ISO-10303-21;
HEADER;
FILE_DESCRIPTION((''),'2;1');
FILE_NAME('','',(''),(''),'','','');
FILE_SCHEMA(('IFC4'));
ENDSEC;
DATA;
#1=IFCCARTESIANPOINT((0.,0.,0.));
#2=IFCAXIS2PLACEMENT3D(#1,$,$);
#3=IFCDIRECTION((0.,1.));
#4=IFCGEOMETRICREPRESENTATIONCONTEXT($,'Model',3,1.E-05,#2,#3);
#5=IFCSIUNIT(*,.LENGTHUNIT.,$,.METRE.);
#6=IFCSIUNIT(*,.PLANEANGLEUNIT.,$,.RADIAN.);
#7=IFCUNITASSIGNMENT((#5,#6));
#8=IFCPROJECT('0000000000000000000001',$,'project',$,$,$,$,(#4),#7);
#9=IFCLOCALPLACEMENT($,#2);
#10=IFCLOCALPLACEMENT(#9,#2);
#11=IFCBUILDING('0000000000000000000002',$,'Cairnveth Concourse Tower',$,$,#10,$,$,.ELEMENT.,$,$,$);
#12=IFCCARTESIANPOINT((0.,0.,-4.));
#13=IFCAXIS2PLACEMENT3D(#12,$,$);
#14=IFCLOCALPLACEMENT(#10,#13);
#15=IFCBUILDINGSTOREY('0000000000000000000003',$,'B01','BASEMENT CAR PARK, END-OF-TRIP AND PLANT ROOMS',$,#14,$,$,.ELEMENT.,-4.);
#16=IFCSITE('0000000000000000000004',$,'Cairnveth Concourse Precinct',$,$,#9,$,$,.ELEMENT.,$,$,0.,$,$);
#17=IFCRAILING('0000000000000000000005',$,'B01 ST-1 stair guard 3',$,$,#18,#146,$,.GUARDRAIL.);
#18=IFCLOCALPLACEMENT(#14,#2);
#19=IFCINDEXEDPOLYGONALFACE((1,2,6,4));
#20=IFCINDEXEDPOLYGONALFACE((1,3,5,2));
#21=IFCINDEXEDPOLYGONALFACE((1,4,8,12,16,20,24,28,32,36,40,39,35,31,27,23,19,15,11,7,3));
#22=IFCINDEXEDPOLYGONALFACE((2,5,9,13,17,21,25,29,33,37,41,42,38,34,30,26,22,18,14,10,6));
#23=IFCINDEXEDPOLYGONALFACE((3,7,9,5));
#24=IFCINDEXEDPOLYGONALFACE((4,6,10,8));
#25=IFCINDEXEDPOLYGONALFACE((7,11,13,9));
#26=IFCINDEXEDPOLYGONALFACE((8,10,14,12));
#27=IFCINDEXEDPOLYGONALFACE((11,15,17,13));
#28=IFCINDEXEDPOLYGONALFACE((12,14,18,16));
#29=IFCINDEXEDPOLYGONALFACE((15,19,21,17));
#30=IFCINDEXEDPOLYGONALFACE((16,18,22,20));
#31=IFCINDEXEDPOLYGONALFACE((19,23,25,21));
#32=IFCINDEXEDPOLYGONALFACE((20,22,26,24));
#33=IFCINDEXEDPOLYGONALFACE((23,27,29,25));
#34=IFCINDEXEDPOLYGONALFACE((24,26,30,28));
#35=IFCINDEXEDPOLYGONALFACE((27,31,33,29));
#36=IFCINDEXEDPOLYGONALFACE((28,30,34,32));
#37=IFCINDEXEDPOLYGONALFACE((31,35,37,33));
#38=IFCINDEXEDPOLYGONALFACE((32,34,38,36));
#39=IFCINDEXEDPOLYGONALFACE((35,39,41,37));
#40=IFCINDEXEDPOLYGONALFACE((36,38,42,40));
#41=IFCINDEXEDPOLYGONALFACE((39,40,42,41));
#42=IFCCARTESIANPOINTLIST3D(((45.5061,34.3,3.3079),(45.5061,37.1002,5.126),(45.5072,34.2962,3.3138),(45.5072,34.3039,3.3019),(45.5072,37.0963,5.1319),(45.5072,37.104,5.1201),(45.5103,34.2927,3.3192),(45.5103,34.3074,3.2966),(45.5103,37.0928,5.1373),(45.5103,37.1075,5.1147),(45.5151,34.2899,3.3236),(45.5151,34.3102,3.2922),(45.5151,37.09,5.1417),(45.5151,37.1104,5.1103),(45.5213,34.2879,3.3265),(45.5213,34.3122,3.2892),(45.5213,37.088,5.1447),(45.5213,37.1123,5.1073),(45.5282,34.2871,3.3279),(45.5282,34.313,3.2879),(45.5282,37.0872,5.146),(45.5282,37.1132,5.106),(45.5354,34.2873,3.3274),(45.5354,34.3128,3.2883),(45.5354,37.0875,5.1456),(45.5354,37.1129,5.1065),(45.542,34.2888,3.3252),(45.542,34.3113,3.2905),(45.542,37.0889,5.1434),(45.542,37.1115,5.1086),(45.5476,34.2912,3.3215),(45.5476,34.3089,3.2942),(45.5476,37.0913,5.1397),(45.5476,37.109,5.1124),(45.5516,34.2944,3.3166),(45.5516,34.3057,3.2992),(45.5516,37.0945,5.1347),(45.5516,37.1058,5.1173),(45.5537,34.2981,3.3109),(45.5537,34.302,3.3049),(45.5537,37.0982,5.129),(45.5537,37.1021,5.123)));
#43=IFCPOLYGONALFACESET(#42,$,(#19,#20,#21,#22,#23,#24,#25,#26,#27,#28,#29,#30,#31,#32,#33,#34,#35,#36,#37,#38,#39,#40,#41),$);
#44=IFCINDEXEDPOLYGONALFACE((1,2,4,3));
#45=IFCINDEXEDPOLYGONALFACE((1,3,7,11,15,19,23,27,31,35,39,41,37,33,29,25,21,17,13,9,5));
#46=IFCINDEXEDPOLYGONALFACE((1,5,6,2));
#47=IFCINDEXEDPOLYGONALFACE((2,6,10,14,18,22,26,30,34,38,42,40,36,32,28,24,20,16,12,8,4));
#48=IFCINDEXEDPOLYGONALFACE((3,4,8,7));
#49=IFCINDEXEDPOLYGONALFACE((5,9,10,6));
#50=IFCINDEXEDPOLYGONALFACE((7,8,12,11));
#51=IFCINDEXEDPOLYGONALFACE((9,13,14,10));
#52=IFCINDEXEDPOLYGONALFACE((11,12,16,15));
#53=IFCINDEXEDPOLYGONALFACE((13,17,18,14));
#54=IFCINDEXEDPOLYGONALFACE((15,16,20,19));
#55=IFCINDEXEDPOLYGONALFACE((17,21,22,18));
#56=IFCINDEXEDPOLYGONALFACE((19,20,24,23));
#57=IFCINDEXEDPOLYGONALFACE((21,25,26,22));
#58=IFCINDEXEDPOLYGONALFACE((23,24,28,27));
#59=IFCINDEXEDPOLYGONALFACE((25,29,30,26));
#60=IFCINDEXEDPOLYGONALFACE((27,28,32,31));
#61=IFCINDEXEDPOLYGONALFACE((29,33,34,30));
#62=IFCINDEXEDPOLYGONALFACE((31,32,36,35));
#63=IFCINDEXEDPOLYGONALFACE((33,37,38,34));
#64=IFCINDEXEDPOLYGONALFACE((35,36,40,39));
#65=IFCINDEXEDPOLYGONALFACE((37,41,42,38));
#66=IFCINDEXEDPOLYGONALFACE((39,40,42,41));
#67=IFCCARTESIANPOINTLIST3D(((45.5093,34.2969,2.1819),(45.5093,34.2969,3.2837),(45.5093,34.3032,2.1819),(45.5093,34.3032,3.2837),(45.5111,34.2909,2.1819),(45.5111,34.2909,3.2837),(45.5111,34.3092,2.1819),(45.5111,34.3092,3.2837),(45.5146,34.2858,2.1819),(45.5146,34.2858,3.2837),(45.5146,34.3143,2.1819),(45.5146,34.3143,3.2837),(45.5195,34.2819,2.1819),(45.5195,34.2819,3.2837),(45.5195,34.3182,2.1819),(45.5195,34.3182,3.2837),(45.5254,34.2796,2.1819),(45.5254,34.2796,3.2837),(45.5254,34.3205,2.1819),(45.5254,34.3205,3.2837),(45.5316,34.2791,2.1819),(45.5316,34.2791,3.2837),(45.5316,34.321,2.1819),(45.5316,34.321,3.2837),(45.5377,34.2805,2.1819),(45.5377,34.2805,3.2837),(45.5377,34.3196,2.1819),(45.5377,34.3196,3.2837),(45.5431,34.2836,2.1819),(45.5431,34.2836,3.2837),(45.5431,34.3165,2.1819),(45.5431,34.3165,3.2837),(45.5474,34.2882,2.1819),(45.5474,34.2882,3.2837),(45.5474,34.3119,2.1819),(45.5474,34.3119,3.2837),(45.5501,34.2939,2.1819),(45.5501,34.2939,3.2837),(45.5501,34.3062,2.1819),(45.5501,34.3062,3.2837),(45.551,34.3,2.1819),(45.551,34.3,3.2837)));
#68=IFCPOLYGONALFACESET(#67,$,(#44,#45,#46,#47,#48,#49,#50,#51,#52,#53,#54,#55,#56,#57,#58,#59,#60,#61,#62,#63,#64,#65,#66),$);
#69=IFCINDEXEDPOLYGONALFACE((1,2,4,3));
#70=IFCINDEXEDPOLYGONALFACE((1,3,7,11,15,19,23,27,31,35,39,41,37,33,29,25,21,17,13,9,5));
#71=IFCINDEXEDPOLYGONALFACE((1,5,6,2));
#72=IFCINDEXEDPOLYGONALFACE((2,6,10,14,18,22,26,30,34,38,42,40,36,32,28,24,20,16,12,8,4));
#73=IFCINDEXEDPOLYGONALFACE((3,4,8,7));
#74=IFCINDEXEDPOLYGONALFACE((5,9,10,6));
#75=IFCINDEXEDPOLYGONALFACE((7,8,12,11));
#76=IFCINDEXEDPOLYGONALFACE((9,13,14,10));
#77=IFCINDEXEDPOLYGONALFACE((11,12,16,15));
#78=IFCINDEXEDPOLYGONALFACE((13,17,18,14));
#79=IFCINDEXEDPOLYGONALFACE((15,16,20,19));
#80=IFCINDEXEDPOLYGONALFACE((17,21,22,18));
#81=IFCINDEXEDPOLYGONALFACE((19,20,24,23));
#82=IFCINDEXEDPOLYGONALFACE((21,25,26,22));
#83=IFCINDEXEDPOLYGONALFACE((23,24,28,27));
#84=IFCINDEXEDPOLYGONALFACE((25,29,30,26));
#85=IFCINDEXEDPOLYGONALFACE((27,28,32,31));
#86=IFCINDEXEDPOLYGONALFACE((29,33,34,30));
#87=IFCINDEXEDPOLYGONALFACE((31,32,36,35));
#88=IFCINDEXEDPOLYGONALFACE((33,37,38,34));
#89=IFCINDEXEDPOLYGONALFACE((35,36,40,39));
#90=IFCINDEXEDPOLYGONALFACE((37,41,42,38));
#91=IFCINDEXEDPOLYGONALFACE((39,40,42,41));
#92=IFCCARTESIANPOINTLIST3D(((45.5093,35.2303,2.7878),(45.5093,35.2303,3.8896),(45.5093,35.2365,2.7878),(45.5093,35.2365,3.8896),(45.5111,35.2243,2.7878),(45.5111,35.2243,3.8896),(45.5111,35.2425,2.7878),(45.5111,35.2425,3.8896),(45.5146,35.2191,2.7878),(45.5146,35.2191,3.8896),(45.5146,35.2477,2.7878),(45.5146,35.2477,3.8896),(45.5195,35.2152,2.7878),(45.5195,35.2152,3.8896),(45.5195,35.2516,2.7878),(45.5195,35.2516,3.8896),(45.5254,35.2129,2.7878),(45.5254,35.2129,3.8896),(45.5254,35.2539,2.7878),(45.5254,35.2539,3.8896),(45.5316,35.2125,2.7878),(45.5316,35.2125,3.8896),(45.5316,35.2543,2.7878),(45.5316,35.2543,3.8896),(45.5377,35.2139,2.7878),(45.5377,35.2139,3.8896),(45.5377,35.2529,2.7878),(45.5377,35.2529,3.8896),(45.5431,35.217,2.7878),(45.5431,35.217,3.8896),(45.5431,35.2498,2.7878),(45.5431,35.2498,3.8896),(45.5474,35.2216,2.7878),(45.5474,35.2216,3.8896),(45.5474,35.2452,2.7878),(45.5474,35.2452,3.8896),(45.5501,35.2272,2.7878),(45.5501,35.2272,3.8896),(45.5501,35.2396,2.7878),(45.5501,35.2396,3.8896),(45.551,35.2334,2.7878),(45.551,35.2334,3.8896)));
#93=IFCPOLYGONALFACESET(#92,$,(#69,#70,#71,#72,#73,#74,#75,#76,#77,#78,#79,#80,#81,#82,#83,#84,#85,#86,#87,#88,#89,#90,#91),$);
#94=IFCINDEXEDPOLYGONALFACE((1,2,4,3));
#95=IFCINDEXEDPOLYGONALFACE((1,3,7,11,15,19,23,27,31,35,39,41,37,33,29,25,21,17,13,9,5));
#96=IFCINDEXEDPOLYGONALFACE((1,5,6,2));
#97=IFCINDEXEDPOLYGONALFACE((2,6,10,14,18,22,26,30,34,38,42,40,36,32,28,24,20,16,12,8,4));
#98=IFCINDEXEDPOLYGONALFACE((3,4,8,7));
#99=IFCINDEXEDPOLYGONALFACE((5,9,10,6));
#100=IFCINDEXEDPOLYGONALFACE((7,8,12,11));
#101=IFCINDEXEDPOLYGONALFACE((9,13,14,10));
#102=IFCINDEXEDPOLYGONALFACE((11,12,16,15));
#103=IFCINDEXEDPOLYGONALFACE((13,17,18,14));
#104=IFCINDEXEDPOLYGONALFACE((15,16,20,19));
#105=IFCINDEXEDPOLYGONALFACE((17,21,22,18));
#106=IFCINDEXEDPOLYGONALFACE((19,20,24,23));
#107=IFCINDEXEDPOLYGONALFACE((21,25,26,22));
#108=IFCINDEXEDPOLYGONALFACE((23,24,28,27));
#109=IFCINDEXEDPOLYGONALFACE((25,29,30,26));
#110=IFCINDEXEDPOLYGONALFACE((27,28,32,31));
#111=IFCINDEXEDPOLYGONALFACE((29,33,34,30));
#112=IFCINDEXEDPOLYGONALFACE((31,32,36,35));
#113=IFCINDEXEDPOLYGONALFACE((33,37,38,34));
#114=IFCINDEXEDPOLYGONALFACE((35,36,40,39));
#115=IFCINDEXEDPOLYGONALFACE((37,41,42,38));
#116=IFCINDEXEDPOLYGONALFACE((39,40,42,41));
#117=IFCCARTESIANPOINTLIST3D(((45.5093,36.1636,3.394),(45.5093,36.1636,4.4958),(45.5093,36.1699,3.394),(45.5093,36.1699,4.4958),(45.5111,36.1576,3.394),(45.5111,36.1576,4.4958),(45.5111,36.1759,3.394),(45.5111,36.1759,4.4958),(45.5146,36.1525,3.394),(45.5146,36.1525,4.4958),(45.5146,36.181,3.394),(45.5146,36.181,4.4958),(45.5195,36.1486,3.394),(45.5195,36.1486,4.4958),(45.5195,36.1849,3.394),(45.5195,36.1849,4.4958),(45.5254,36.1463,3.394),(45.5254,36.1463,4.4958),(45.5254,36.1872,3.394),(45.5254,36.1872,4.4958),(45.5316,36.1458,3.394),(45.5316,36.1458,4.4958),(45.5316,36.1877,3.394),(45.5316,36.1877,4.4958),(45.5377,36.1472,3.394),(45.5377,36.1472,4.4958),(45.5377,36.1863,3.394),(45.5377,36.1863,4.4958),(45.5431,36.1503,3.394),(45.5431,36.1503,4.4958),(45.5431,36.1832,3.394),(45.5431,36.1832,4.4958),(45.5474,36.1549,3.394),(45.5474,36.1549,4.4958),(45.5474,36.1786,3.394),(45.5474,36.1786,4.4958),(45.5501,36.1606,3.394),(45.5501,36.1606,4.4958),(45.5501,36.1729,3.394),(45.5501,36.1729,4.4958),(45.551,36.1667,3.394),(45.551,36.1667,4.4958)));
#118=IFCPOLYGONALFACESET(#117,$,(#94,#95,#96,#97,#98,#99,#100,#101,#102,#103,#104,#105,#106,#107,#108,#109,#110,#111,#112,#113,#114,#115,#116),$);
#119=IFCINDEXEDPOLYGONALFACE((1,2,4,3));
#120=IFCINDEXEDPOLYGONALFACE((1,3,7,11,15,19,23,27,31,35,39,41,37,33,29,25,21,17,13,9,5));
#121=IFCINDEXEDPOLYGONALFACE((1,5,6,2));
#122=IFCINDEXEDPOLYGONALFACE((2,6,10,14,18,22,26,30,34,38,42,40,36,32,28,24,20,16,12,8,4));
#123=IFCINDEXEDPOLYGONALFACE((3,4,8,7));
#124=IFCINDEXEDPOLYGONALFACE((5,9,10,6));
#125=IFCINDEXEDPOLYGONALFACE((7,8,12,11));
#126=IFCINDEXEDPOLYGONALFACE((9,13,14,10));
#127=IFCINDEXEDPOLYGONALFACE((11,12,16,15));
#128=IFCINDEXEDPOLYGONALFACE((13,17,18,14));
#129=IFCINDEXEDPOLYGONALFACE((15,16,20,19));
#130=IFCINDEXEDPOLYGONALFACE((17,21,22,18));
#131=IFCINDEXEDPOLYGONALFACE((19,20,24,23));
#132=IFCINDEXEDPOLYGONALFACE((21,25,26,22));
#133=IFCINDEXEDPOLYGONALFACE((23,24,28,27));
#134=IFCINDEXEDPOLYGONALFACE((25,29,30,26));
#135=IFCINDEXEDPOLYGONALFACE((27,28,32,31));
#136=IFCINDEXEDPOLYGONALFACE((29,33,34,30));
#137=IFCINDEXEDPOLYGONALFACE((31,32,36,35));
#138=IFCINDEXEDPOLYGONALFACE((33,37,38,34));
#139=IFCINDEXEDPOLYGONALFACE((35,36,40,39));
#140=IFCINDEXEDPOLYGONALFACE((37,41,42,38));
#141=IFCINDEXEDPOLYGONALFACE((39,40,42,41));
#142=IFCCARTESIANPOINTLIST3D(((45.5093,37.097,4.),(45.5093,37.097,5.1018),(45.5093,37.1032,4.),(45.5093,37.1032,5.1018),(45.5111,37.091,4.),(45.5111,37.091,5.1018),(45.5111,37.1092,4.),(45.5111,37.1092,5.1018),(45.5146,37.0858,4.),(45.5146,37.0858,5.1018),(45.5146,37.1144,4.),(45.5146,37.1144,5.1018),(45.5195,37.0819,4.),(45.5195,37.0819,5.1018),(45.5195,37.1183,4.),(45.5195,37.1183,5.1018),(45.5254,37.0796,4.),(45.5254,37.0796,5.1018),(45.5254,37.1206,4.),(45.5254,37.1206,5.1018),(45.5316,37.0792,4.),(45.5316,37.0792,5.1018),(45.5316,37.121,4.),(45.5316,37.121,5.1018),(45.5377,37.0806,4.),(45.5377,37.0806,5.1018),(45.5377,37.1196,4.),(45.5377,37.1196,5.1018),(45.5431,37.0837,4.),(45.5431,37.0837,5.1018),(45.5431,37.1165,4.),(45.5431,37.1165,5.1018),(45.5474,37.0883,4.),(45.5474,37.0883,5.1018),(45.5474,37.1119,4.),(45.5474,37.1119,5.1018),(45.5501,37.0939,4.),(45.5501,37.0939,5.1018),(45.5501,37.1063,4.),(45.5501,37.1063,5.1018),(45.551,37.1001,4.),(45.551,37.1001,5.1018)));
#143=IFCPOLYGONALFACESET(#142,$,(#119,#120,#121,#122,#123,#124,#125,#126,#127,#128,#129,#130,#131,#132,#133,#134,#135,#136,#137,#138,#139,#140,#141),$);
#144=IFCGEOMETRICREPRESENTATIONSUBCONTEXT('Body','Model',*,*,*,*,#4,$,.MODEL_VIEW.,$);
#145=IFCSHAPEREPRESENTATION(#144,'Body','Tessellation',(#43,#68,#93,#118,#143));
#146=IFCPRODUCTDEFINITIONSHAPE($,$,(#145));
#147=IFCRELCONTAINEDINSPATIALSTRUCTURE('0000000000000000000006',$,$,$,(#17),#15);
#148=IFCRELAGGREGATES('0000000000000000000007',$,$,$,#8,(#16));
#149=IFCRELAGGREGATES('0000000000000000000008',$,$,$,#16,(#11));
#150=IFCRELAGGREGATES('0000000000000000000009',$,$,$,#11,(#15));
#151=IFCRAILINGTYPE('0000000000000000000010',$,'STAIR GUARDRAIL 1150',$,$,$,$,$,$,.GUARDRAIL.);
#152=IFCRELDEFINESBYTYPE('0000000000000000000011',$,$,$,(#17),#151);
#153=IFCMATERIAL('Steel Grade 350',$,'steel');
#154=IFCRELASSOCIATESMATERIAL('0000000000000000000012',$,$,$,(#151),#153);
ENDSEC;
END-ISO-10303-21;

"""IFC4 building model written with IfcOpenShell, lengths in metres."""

from ifc_helpers import new_model, si_unit, direction, frame, origin, origin_2d, place, context, subcontext, project, spatial, circle, extrude, material, type_object, element, save


model = new_model("IFC4")

# Units and contexts
model_context = context("Model", 3, precision=1e-05, world=origin(), true_north=direction((0.0, 1.0)))
body_context = subcontext(model_context, "Body", "Model", "MODEL_VIEW")
ifc_project = project(units=[si_unit("LENGTHUNIT", "METRE"), si_unit("PLANEANGLEUNIT", "RADIAN")], contexts=[model_context])

# Site, building, storey
site_placement = place(None, origin())
site = spatial("IfcSite", under=ifc_project, at=site_placement, Name="Cairnveth Concourse Precinct", CompositionType="ELEMENT", RefElevation=0.0)
building_placement = place(site_placement, origin())
building = spatial("IfcBuilding", under=site, at=building_placement, Name="Cairnveth Concourse Tower", CompositionType="ELEMENT")
storey_placement = place(building_placement, frame((0.0, 0.0, -4.0)))
storey = spatial("IfcBuildingStorey", under=building, at=storey_placement, Name="B01", Description="BASEMENT CAR PARK, END-OF-TRIP AND PLANT ROOMS", CompositionType="ELEMENT", Elevation=-4.0)

# Shared definitions
ifc_material_1 = material(Name="Steel Grade 350", Category="steel")

# Railing
railing_type_1 = type_object("IfcRailingType", Name="STAIR GUARDRAIL 1150", PredefinedType="GUARDRAIL", material=ifc_material_1)
railing_1_placement = place(storey_placement, frame((45.53, 34.3, 2.1819)))
element("IfcRailing", 1, at=railing_1_placement, inside=storey, type_object=railing_type_1, Name="B01 ST-1 stair guard 3", PredefinedType="GUARDRAIL", context=body_context, shape_type="SweptSolid", body=[
    extrude(circle(Radius=0.0239, at=origin_2d()), frame((0.0, 0.0, 1.126), z_axis=(0.0, 0.838706, 0.544585), x_axis=(-1.0, 0.0, 0.0)), (0.0, 0.0, 1.0), 3.3386),
    extrude(circle(Radius=0.021, at=origin_2d()), origin(), (0.0, 0.0, 1.0), 1.1018),
    extrude(circle(Radius=0.021, at=origin_2d()), frame((0.0, 0.9333, 0.606)), (0.0, 0.0, 1.0), 1.1018),
    extrude(circle(Radius=0.021, at=origin_2d()), frame((0.0, 1.8667, 1.2122)), (0.0, 0.0, 1.0), 1.1018),
    extrude(circle(Radius=0.021, at=origin_2d()), frame((0.0, 2.8, 1.8181)), (0.0, 0.0, 1.0), 1.1018),
])

save(model, "model.ifc")
